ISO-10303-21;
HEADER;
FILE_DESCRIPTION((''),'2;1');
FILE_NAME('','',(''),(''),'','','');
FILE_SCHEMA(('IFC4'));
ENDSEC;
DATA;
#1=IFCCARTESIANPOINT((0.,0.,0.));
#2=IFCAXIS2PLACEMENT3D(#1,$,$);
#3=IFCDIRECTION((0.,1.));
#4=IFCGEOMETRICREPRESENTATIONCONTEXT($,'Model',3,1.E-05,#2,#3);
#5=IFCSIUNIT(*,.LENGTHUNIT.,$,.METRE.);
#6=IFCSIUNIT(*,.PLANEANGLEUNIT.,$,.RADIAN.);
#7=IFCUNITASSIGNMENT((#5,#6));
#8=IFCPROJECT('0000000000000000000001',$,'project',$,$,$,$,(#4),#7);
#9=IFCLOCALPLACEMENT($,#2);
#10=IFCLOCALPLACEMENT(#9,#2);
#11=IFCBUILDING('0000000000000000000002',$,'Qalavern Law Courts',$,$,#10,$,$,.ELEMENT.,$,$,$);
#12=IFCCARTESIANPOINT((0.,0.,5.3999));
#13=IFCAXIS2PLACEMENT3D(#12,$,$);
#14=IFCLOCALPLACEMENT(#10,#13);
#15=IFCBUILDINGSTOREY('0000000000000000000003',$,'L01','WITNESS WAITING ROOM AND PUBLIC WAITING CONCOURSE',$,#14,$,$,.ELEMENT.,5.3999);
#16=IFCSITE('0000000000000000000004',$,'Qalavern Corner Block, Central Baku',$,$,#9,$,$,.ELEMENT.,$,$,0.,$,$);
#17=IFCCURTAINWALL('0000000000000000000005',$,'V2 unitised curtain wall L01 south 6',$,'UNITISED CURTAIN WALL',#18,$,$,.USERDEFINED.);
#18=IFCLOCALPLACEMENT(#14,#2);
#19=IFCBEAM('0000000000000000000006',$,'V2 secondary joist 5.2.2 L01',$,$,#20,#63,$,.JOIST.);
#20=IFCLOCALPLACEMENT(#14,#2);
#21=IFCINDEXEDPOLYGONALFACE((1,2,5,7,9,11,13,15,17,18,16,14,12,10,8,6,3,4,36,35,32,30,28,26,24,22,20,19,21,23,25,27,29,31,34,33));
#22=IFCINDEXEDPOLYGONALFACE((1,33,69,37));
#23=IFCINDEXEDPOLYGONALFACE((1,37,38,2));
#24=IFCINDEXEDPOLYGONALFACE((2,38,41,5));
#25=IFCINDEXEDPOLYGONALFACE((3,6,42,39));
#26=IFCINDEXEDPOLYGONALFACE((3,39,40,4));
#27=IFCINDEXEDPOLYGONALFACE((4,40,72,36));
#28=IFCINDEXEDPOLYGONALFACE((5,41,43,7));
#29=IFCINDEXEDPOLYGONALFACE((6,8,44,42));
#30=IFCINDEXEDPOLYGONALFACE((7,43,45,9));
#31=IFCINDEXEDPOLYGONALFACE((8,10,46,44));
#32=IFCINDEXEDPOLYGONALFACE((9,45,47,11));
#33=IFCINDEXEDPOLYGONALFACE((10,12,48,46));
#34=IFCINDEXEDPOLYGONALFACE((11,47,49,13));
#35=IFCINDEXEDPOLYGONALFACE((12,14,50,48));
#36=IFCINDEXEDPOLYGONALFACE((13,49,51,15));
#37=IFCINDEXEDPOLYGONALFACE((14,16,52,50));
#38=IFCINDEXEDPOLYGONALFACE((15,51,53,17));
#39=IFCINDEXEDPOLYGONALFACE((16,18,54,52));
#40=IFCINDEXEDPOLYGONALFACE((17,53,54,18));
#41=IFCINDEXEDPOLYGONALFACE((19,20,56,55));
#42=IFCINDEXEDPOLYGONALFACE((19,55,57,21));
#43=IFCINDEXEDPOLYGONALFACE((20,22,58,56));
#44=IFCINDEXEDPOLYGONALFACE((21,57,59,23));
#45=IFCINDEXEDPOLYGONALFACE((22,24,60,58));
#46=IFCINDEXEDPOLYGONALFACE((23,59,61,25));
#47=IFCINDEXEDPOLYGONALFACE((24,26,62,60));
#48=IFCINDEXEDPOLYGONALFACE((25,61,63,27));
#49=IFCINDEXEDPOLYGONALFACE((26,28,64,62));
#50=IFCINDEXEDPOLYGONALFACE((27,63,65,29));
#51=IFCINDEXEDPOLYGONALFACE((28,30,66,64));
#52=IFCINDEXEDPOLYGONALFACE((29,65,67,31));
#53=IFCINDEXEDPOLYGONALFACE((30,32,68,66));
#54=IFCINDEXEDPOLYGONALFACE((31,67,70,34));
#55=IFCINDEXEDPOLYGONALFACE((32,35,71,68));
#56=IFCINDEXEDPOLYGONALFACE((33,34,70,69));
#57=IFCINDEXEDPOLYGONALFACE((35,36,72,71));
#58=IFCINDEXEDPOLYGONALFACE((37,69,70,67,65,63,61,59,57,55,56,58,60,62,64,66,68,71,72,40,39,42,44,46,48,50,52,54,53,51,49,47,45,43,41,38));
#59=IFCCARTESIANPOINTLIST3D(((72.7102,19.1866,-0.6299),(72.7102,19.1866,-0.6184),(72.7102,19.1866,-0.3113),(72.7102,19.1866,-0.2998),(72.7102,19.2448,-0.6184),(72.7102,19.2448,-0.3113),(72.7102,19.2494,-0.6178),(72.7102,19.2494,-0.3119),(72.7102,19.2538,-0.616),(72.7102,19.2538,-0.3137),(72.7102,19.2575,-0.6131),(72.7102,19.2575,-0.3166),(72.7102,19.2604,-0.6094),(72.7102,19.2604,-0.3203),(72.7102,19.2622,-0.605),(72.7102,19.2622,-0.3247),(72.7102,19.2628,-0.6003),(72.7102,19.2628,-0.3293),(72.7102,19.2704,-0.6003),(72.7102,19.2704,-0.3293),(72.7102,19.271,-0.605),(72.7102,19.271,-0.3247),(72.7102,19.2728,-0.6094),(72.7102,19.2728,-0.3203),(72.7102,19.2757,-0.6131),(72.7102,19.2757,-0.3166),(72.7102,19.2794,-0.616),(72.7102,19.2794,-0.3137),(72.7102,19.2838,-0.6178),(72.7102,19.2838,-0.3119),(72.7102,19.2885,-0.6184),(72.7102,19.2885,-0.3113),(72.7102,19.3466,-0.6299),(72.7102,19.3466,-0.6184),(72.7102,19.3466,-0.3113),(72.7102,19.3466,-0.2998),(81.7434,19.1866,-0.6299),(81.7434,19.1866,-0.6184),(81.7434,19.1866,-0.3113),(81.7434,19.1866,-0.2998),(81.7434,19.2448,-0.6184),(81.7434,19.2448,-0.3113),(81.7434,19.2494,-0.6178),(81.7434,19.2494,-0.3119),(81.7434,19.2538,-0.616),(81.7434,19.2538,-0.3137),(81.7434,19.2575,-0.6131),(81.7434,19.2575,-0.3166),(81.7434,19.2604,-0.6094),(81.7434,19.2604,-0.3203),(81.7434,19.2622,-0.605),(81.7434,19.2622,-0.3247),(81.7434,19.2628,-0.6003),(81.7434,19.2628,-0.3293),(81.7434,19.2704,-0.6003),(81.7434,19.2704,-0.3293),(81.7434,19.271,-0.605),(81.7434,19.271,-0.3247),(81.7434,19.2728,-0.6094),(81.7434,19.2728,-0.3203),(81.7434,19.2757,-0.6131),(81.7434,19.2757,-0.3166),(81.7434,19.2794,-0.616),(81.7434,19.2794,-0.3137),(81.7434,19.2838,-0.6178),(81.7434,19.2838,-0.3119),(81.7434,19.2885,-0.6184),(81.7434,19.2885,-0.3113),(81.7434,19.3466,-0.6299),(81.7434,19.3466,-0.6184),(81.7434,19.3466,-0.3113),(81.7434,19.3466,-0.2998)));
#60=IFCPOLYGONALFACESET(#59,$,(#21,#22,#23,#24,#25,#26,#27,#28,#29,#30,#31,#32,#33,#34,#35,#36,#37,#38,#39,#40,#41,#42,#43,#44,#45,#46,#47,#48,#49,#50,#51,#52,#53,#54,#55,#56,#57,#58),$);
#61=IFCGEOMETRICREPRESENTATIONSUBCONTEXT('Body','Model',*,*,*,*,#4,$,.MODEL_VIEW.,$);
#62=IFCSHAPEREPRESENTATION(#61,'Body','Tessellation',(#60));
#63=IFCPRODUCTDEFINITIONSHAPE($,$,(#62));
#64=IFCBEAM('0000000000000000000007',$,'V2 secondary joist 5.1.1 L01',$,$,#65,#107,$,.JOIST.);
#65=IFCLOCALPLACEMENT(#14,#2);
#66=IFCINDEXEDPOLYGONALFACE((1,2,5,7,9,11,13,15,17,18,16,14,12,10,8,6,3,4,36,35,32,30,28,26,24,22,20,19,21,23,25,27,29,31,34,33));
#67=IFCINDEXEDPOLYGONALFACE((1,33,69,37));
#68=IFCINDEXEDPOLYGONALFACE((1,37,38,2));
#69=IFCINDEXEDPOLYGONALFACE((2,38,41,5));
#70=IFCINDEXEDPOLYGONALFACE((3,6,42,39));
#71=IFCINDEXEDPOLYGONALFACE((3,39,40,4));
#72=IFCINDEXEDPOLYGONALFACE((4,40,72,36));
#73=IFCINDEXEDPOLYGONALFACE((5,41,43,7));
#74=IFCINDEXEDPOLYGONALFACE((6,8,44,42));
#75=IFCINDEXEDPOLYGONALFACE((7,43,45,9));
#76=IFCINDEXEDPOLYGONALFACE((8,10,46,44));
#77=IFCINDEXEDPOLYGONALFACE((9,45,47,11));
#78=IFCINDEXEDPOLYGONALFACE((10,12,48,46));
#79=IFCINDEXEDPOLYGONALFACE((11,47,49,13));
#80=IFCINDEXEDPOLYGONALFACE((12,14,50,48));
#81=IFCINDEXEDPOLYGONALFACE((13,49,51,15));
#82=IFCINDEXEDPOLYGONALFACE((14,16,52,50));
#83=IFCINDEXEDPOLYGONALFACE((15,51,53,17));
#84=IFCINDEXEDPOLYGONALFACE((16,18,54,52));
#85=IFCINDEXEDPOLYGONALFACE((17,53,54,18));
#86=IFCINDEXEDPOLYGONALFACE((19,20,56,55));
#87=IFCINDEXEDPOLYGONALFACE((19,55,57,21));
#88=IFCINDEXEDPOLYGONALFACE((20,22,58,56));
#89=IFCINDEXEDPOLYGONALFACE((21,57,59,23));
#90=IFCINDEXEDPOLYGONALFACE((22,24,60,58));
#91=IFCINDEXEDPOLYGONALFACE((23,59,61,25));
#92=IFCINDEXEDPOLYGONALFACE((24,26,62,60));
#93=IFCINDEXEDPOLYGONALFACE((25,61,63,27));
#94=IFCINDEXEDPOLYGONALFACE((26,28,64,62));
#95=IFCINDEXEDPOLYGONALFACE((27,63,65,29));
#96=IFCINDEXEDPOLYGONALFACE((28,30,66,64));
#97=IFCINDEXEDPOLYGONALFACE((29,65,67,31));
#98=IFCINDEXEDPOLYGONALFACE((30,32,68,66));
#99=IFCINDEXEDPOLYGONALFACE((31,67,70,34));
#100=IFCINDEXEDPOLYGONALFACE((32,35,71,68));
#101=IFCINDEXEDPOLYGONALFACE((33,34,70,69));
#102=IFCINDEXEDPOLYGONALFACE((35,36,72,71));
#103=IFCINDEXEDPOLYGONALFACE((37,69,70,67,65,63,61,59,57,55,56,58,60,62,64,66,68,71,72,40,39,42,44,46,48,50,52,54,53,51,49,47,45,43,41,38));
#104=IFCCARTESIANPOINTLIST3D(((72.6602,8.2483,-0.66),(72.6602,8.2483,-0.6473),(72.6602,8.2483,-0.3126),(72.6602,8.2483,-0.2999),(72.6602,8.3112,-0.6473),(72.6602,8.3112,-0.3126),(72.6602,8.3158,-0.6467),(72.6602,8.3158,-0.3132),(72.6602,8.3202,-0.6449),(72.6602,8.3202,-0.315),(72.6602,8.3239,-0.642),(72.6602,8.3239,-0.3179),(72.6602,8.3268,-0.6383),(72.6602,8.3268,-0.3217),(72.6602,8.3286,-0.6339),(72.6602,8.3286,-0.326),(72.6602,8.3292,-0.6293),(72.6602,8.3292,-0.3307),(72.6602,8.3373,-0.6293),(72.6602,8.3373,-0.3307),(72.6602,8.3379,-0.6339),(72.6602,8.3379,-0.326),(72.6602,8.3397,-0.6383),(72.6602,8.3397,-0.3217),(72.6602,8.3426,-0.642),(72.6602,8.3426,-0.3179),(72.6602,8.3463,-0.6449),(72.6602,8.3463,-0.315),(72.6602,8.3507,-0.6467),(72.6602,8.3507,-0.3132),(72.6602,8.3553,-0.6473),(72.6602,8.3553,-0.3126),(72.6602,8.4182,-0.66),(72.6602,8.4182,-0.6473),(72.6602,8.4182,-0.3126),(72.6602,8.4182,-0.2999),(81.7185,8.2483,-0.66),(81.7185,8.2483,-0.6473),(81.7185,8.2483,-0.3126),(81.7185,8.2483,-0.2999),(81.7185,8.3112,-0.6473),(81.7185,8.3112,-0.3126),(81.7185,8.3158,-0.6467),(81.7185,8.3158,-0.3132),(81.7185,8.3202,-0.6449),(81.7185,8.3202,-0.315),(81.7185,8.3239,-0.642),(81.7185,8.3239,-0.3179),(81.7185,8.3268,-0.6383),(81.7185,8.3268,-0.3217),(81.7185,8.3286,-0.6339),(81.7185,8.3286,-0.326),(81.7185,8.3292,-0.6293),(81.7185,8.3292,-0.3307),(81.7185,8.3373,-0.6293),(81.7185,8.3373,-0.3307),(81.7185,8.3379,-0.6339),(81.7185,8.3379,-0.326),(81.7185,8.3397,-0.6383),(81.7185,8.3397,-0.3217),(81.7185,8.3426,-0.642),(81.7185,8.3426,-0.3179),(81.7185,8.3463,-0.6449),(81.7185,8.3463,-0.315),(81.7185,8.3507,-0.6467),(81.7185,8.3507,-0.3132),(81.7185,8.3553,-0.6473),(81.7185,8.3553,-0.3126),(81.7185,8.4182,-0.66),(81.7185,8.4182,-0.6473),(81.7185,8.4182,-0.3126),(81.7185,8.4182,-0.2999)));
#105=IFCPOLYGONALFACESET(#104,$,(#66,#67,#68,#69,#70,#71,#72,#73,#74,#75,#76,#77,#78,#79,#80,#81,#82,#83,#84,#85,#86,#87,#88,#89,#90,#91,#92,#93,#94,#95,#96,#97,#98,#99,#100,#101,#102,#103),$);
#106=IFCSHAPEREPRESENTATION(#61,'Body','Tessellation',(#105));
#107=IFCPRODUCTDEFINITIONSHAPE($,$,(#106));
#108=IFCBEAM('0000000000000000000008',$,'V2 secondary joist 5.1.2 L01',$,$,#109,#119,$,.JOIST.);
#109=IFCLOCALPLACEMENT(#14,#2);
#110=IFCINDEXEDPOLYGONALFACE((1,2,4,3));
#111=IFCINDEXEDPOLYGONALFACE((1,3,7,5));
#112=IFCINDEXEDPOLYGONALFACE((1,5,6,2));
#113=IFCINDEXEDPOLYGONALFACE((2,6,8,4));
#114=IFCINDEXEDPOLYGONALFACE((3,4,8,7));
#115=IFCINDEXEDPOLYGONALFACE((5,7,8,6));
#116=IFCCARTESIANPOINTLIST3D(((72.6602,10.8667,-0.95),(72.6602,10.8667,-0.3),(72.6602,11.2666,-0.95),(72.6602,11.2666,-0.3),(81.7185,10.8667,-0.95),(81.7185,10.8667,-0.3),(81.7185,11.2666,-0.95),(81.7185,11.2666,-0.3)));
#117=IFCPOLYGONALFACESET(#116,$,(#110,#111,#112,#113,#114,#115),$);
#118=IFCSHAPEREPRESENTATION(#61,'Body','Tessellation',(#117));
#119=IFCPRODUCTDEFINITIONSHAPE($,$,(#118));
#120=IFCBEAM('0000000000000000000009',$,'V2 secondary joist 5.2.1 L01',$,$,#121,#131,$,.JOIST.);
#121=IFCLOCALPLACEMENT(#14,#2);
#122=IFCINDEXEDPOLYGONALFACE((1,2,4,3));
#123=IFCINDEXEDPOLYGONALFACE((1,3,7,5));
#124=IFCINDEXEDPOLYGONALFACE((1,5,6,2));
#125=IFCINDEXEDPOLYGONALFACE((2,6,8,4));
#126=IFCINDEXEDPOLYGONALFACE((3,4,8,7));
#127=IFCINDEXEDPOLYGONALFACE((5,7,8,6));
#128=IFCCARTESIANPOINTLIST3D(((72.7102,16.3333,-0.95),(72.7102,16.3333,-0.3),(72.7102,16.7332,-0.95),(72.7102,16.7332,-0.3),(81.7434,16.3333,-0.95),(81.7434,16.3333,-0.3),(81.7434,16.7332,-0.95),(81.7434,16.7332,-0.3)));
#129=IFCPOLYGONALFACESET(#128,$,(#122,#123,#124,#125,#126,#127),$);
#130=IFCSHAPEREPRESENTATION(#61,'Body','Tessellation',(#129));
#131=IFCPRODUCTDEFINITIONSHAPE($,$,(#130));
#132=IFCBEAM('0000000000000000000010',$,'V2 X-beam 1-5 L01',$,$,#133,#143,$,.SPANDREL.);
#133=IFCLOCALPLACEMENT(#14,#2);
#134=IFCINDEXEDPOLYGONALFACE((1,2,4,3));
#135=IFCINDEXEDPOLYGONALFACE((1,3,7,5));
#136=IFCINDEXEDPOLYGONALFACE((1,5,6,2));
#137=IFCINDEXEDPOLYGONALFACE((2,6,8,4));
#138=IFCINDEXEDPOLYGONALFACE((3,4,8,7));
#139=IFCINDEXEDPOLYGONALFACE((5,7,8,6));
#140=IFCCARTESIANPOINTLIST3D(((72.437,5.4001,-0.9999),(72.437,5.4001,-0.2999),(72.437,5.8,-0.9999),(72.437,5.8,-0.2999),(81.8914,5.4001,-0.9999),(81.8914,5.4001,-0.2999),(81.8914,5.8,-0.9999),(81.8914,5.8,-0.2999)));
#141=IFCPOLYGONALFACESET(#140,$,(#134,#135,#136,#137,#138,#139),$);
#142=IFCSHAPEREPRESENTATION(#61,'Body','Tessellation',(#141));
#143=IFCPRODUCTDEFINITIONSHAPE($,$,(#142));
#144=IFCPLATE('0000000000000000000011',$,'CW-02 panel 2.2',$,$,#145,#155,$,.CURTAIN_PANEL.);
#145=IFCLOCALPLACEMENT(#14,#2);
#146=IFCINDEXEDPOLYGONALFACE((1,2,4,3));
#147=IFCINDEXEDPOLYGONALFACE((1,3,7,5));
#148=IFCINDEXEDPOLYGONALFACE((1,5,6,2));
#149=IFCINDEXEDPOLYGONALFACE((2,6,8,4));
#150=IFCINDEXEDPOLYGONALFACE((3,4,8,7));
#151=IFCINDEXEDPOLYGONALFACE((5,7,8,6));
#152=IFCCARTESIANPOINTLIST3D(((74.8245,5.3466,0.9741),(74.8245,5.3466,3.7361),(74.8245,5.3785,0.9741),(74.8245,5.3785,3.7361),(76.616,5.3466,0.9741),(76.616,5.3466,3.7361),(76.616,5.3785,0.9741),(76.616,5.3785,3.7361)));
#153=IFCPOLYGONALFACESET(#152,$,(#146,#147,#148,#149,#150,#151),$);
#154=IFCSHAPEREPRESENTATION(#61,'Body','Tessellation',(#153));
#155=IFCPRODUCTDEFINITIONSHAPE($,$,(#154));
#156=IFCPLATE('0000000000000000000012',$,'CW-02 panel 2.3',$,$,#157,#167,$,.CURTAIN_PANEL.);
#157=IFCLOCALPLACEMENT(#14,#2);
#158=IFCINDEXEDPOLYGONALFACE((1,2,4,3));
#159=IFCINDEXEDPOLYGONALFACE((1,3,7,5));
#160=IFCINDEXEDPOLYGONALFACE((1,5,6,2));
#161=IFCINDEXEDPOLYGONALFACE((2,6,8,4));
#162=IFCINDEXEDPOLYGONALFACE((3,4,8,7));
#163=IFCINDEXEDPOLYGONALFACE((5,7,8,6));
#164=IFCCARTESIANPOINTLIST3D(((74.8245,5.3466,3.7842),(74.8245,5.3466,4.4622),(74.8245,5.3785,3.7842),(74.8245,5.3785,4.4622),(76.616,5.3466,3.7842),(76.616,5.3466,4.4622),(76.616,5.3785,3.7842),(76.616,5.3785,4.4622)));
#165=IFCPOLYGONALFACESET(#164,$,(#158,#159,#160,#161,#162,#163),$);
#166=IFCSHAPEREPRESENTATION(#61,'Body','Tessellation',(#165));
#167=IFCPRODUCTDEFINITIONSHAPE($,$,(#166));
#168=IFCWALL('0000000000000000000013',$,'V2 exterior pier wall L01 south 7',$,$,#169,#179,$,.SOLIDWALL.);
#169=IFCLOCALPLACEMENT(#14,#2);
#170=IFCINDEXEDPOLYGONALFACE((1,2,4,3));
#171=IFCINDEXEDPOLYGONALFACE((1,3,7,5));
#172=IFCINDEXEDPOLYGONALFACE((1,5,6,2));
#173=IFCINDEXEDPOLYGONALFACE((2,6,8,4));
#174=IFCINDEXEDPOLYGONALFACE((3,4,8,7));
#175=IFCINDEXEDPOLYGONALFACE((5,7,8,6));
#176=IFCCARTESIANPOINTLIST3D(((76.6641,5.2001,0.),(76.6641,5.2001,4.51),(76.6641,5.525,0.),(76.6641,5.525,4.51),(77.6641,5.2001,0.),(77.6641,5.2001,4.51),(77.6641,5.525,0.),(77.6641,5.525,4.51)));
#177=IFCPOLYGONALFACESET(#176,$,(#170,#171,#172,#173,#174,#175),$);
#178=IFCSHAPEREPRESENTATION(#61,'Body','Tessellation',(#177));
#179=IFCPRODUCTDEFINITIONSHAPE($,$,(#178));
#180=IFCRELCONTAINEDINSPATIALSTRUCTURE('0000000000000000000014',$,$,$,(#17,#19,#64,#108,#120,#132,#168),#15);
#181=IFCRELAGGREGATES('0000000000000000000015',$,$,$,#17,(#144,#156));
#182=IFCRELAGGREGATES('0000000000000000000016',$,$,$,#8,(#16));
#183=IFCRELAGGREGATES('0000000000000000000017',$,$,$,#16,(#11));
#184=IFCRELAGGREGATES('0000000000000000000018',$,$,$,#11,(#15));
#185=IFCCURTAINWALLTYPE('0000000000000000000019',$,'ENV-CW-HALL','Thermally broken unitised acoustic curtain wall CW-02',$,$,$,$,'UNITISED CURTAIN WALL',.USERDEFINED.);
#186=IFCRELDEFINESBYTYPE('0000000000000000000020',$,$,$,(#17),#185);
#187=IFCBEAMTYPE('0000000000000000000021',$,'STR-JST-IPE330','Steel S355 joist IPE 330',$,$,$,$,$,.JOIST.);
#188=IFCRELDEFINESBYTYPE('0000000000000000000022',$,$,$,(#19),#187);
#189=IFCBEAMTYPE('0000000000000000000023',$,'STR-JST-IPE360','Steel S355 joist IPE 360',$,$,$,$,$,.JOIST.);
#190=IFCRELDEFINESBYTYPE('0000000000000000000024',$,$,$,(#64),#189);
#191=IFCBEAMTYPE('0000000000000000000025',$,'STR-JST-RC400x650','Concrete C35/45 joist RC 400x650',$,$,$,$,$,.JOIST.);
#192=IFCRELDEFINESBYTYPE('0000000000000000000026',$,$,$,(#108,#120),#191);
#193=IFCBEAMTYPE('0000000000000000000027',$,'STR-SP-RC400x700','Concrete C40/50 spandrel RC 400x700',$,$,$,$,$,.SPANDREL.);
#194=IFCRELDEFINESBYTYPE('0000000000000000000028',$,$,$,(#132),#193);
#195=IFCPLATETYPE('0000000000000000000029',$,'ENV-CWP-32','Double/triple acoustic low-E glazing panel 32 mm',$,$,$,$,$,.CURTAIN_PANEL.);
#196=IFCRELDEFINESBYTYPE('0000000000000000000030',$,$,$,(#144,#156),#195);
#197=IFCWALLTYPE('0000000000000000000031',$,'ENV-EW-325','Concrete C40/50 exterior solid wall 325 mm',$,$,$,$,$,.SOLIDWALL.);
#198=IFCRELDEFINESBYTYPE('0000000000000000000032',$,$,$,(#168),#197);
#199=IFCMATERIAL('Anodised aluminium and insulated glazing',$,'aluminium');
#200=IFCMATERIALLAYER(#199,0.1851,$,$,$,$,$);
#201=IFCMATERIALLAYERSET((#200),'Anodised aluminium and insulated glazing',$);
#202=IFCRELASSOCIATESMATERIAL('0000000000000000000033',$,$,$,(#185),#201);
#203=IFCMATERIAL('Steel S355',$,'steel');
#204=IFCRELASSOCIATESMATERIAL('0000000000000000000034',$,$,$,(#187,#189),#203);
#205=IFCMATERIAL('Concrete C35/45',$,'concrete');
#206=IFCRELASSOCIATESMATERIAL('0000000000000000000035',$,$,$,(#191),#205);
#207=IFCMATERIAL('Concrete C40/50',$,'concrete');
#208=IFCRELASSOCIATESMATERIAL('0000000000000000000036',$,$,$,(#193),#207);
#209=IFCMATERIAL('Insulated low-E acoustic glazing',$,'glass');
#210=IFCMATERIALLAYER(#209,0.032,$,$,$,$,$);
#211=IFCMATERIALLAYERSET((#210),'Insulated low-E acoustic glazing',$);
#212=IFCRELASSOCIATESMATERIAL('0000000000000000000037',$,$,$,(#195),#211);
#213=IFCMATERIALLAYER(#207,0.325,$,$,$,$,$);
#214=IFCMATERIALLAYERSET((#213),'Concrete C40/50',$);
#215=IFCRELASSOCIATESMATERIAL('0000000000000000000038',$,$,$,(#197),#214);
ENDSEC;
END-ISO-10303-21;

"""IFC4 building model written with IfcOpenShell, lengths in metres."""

from ifc_helpers import new_model, si_unit, direction, frame, frame_2d, origin, origin_2d, place, context, subcontext, project, spatial, rectangle, i_section, extrude, material, layer, layer_set, material_profile, profile_set, type_object, element, aggregate, save


model = new_model("IFC4")

# Units and contexts
model_context = context("Model", 3, precision=1e-05, world=origin(), true_north=direction((0.0, 1.0)))
body_context = subcontext(model_context, "Body", "Model", "MODEL_VIEW")
ifc_project = project(units=[si_unit("LENGTHUNIT", "METRE"), si_unit("PLANEANGLEUNIT", "RADIAN")], contexts=[model_context])

# Site, building, storey
site_placement = place(None, origin())
site = spatial("IfcSite", under=ifc_project, at=site_placement, Name="Qalavern Corner Block, Central Baku", CompositionType="ELEMENT", RefElevation=0.0)
building_placement = place(site_placement, origin())
building = spatial("IfcBuilding", under=site, at=building_placement, Name="Qalavern Law Courts", CompositionType="ELEMENT")
storey_placement = place(building_placement, frame((0.0, 0.0, 5.3999)))
storey = spatial("IfcBuildingStorey", under=building, at=storey_placement, Name="L01", Description="WITNESS WAITING ROOM AND PUBLIC WAITING CONCOURSE", CompositionType="ELEMENT", Elevation=5.3999)

# Curtain wall
ifc_material_1 = material(Name="Anodised aluminium and insulated glazing", Category="aluminium")
ifc_layer_1 = layer(ifc_material_1, 0.1851)
ifc_layer_set_1 = layer_set([ifc_layer_1], Name="Anodised aluminium and insulated glazing")
curtain_wall_type = type_object("IfcCurtainWallType", Name="ENV-CW-HALL", Description="Thermally broken unitised acoustic curtain wall CW-02", ElementType="UNITISED CURTAIN WALL", PredefinedType="USERDEFINED", material=ifc_layer_set_1)
curtain_wall_placement = place(storey_placement, origin())
curtain_wall = element("IfcCurtainWall", 1, at=curtain_wall_placement, inside=storey, type_object=curtain_wall_type, Name="V2 unitised curtain wall L01 south 6", ObjectType="UNITISED CURTAIN WALL", PredefinedType="USERDEFINED")

# Beams
ifc_material_2 = material(Name="Steel S355", Category="steel")
ifc_material_3 = material(Name="Concrete C40/50", Category="concrete")
ifc_material_profile_1 = material_profile(ifc_material_2, i_section(OverallWidth=0.1599, OverallDepth=0.3301, WebThickness=0.0076, FlangeThickness=0.0115, FilletRadius=0.0181, at=origin_2d()), Name="IPE 330")
ifc_profile_set_1 = profile_set([ifc_material_profile_1], Name="Steel S355")
beam_type_1 = type_object("IfcBeamType", Name="STR-JST-IPE330", Description="Steel S355 joist IPE 330", PredefinedType="JOIST", material=ifc_profile_set_1)
beam_1_placement = place(storey_placement, frame((72.7102, 19.2666, -0.4648), z_axis=(1.0, 0.0, 0.0), x_axis=(0.0, 1.0, 0.0)))
element("IfcBeam", 2, at=beam_1_placement, inside=storey, type_object=beam_type_1, Name="V2 secondary joist 5.2.2 L01", PredefinedType="JOIST", context=body_context, shape_type="SweptSolid", body=[
    extrude(i_section(OverallWidth=0.1599, OverallDepth=0.3301, WebThickness=0.0076, FlangeThickness=0.0115, FilletRadius=0.0181, at=origin_2d()), origin(), (0.0, 0.0, 1.0), 9.0332),
])
ifc_material_profile_2 = material_profile(ifc_material_2, i_section(OverallWidth=0.1699, OverallDepth=0.3601, WebThickness=0.0081, FlangeThickness=0.0127, FilletRadius=0.0181, at=origin_2d()), Name="IPE 360")
ifc_profile_set_2 = profile_set([ifc_material_profile_2], Name="Steel S355")
beam_type_2 = type_object("IfcBeamType", Name="STR-JST-IPE360", Description="Steel S355 joist IPE 360", PredefinedType="JOIST", material=ifc_profile_set_2)
beam_2_placement = place(storey_placement, frame((72.6602, 8.3333, -0.48), z_axis=(1.0, 0.0, 0.0), x_axis=(0.0, 1.0, 0.0)))
element("IfcBeam", 3, at=beam_2_placement, inside=storey, type_object=beam_type_2, Name="V2 secondary joist 5.1.1 L01", PredefinedType="JOIST", context=body_context, shape_type="SweptSolid", body=[
    extrude(i_section(OverallWidth=0.1699, OverallDepth=0.3601, WebThickness=0.0081, FlangeThickness=0.0127, FilletRadius=0.0181, at=origin_2d()), origin(), (0.0, 0.0, 1.0), 9.0583),
])
ifc_material_4 = material(Name="Concrete C35/45", Category="concrete")
ifc_material_profile_3 = material_profile(ifc_material_4, rectangle(XDim=0.3999, YDim=0.6499, at=origin_2d()), Name="RC 400x650")
ifc_profile_set_3 = profile_set([ifc_material_profile_3], Name="Concrete C35/45")
beam_type_3 = type_object("IfcBeamType", Name="STR-JST-RC400x650", Description="Concrete C35/45 joist RC 400x650", PredefinedType="JOIST", material=ifc_profile_set_3)
beam_3_placement = place(storey_placement, frame((72.6602, 11.0667, -0.625), z_axis=(1.0, 0.0, 0.0), x_axis=(0.0, 1.0, 0.0)))
element("IfcBeam", 4, at=beam_3_placement, inside=storey, type_object=beam_type_3, Name="V2 secondary joist 5.1.2 L01", PredefinedType="JOIST", context=body_context, shape_type="SweptSolid", body=[
    extrude(rectangle(XDim=0.3999, YDim=0.6499, at=origin_2d()), origin(), (0.0, 0.0, 1.0), 9.0583),
])
beam_4_placement = place(storey_placement, frame((72.7102, 16.5332, -0.625), z_axis=(1.0, 0.0, 0.0), x_axis=(0.0, 1.0, 0.0)))
element("IfcBeam", 5, at=beam_4_placement, inside=storey, type_object=beam_type_3, Name="V2 secondary joist 5.2.1 L01", PredefinedType="JOIST", context=body_context, shape_type="SweptSolid", body=[
    extrude(rectangle(XDim=0.3999, YDim=0.6499, at=origin_2d()), origin(), (0.0, 0.0, 1.0), 9.0332),
])
ifc_material_profile_4 = material_profile(ifc_material_3, rectangle(XDim=0.3999, YDim=0.7, at=origin_2d()), Name="RC 400x700")
ifc_profile_set_4 = profile_set([ifc_material_profile_4], Name="Concrete C40/50")
beam_type_4 = type_object("IfcBeamType", Name="STR-SP-RC400x700", Description="Concrete C40/50 spandrel RC 400x700", PredefinedType="SPANDREL", material=ifc_profile_set_4)
beam_5_placement = place(storey_placement, frame((72.437, 5.6001, -0.6499), z_axis=(1.0, 0.0, 0.0), x_axis=(0.0, 1.0, 0.0)))
element("IfcBeam", 6, at=beam_5_placement, inside=storey, type_object=beam_type_4, Name="V2 X-beam 1-5 L01", PredefinedType="SPANDREL", context=body_context, shape_type="SweptSolid", body=[
    extrude(rectangle(XDim=0.3999, YDim=0.7, at=origin_2d()), origin(), (0.0, 0.0, 1.0), 9.4543),
])

# Plates
ifc_material_5 = material(Name="Insulated low-E acoustic glazing", Category="glass")
ifc_layer_2 = layer(ifc_material_5, 0.032)
ifc_layer_set_2 = layer_set([ifc_layer_2], Name="Insulated low-E acoustic glazing")
plate_type = type_object("IfcPlateType", Name="ENV-CWP-32", Description="Double/triple acoustic low-E glazing panel 32 mm", PredefinedType="CURTAIN_PANEL", material=ifc_layer_set_2)
plate_1_placement = place(storey_placement, frame((75.7202, 5.3625, 0.9741), z_axis=(0.0, 0.0, 1.0), x_axis=(1.0, 0.0, 0.0)))
plate_1 = element("IfcPlate", 7, at=plate_1_placement, type_object=plate_type, Name="CW-02 panel 2.2", PredefinedType="CURTAIN_PANEL", context=body_context, shape_type="SweptSolid", body=[
    extrude(rectangle(XDim=1.7915, YDim=0.032, at=origin_2d()), origin(), (0.0, 0.0, 1.0), 2.762),
])
plate_2_placement = place(storey_placement, frame((75.7202, 5.3625, 3.7842), z_axis=(0.0, 0.0, 1.0), x_axis=(1.0, 0.0, 0.0)))
plate_2 = element("IfcPlate", 8, at=plate_2_placement, type_object=plate_type, Name="CW-02 panel 2.3", PredefinedType="CURTAIN_PANEL", context=body_context, shape_type="SweptSolid", body=[
    extrude(rectangle(XDim=1.7915, YDim=0.032, at=origin_2d()), origin(), (0.0, 0.0, 1.0), 0.678),
])
aggregate(curtain_wall, [plate_1, plate_2])

# Wall
ifc_layer_3 = layer(ifc_material_3, 0.325)
ifc_layer_set_3 = layer_set([ifc_layer_3], Name="Concrete C40/50")
wall_type_1 = type_object("IfcWallType", Name="ENV-EW-325", Description="Concrete C40/50 exterior solid wall 325 mm", PredefinedType="SOLIDWALL", material=ifc_layer_set_3)
wall_1_placement = place(storey_placement, frame((76.6641, 5.3625, 0.0), z_axis=(0.0, 0.0, 1.0), x_axis=(1.0, 0.0, 0.0)))
element("IfcWall", 9, at=wall_1_placement, inside=storey, type_object=wall_type_1, Name="V2 exterior pier wall L01 south 7", PredefinedType="SOLIDWALL", context=body_context, shape_type="SweptSolid", body=[
    extrude(rectangle(XDim=1.0, YDim=0.325, at=frame_2d((0.5, 0.0))), origin(), (0.0, 0.0, 1.0), 4.51),
])

save(model, "model.ifc")
